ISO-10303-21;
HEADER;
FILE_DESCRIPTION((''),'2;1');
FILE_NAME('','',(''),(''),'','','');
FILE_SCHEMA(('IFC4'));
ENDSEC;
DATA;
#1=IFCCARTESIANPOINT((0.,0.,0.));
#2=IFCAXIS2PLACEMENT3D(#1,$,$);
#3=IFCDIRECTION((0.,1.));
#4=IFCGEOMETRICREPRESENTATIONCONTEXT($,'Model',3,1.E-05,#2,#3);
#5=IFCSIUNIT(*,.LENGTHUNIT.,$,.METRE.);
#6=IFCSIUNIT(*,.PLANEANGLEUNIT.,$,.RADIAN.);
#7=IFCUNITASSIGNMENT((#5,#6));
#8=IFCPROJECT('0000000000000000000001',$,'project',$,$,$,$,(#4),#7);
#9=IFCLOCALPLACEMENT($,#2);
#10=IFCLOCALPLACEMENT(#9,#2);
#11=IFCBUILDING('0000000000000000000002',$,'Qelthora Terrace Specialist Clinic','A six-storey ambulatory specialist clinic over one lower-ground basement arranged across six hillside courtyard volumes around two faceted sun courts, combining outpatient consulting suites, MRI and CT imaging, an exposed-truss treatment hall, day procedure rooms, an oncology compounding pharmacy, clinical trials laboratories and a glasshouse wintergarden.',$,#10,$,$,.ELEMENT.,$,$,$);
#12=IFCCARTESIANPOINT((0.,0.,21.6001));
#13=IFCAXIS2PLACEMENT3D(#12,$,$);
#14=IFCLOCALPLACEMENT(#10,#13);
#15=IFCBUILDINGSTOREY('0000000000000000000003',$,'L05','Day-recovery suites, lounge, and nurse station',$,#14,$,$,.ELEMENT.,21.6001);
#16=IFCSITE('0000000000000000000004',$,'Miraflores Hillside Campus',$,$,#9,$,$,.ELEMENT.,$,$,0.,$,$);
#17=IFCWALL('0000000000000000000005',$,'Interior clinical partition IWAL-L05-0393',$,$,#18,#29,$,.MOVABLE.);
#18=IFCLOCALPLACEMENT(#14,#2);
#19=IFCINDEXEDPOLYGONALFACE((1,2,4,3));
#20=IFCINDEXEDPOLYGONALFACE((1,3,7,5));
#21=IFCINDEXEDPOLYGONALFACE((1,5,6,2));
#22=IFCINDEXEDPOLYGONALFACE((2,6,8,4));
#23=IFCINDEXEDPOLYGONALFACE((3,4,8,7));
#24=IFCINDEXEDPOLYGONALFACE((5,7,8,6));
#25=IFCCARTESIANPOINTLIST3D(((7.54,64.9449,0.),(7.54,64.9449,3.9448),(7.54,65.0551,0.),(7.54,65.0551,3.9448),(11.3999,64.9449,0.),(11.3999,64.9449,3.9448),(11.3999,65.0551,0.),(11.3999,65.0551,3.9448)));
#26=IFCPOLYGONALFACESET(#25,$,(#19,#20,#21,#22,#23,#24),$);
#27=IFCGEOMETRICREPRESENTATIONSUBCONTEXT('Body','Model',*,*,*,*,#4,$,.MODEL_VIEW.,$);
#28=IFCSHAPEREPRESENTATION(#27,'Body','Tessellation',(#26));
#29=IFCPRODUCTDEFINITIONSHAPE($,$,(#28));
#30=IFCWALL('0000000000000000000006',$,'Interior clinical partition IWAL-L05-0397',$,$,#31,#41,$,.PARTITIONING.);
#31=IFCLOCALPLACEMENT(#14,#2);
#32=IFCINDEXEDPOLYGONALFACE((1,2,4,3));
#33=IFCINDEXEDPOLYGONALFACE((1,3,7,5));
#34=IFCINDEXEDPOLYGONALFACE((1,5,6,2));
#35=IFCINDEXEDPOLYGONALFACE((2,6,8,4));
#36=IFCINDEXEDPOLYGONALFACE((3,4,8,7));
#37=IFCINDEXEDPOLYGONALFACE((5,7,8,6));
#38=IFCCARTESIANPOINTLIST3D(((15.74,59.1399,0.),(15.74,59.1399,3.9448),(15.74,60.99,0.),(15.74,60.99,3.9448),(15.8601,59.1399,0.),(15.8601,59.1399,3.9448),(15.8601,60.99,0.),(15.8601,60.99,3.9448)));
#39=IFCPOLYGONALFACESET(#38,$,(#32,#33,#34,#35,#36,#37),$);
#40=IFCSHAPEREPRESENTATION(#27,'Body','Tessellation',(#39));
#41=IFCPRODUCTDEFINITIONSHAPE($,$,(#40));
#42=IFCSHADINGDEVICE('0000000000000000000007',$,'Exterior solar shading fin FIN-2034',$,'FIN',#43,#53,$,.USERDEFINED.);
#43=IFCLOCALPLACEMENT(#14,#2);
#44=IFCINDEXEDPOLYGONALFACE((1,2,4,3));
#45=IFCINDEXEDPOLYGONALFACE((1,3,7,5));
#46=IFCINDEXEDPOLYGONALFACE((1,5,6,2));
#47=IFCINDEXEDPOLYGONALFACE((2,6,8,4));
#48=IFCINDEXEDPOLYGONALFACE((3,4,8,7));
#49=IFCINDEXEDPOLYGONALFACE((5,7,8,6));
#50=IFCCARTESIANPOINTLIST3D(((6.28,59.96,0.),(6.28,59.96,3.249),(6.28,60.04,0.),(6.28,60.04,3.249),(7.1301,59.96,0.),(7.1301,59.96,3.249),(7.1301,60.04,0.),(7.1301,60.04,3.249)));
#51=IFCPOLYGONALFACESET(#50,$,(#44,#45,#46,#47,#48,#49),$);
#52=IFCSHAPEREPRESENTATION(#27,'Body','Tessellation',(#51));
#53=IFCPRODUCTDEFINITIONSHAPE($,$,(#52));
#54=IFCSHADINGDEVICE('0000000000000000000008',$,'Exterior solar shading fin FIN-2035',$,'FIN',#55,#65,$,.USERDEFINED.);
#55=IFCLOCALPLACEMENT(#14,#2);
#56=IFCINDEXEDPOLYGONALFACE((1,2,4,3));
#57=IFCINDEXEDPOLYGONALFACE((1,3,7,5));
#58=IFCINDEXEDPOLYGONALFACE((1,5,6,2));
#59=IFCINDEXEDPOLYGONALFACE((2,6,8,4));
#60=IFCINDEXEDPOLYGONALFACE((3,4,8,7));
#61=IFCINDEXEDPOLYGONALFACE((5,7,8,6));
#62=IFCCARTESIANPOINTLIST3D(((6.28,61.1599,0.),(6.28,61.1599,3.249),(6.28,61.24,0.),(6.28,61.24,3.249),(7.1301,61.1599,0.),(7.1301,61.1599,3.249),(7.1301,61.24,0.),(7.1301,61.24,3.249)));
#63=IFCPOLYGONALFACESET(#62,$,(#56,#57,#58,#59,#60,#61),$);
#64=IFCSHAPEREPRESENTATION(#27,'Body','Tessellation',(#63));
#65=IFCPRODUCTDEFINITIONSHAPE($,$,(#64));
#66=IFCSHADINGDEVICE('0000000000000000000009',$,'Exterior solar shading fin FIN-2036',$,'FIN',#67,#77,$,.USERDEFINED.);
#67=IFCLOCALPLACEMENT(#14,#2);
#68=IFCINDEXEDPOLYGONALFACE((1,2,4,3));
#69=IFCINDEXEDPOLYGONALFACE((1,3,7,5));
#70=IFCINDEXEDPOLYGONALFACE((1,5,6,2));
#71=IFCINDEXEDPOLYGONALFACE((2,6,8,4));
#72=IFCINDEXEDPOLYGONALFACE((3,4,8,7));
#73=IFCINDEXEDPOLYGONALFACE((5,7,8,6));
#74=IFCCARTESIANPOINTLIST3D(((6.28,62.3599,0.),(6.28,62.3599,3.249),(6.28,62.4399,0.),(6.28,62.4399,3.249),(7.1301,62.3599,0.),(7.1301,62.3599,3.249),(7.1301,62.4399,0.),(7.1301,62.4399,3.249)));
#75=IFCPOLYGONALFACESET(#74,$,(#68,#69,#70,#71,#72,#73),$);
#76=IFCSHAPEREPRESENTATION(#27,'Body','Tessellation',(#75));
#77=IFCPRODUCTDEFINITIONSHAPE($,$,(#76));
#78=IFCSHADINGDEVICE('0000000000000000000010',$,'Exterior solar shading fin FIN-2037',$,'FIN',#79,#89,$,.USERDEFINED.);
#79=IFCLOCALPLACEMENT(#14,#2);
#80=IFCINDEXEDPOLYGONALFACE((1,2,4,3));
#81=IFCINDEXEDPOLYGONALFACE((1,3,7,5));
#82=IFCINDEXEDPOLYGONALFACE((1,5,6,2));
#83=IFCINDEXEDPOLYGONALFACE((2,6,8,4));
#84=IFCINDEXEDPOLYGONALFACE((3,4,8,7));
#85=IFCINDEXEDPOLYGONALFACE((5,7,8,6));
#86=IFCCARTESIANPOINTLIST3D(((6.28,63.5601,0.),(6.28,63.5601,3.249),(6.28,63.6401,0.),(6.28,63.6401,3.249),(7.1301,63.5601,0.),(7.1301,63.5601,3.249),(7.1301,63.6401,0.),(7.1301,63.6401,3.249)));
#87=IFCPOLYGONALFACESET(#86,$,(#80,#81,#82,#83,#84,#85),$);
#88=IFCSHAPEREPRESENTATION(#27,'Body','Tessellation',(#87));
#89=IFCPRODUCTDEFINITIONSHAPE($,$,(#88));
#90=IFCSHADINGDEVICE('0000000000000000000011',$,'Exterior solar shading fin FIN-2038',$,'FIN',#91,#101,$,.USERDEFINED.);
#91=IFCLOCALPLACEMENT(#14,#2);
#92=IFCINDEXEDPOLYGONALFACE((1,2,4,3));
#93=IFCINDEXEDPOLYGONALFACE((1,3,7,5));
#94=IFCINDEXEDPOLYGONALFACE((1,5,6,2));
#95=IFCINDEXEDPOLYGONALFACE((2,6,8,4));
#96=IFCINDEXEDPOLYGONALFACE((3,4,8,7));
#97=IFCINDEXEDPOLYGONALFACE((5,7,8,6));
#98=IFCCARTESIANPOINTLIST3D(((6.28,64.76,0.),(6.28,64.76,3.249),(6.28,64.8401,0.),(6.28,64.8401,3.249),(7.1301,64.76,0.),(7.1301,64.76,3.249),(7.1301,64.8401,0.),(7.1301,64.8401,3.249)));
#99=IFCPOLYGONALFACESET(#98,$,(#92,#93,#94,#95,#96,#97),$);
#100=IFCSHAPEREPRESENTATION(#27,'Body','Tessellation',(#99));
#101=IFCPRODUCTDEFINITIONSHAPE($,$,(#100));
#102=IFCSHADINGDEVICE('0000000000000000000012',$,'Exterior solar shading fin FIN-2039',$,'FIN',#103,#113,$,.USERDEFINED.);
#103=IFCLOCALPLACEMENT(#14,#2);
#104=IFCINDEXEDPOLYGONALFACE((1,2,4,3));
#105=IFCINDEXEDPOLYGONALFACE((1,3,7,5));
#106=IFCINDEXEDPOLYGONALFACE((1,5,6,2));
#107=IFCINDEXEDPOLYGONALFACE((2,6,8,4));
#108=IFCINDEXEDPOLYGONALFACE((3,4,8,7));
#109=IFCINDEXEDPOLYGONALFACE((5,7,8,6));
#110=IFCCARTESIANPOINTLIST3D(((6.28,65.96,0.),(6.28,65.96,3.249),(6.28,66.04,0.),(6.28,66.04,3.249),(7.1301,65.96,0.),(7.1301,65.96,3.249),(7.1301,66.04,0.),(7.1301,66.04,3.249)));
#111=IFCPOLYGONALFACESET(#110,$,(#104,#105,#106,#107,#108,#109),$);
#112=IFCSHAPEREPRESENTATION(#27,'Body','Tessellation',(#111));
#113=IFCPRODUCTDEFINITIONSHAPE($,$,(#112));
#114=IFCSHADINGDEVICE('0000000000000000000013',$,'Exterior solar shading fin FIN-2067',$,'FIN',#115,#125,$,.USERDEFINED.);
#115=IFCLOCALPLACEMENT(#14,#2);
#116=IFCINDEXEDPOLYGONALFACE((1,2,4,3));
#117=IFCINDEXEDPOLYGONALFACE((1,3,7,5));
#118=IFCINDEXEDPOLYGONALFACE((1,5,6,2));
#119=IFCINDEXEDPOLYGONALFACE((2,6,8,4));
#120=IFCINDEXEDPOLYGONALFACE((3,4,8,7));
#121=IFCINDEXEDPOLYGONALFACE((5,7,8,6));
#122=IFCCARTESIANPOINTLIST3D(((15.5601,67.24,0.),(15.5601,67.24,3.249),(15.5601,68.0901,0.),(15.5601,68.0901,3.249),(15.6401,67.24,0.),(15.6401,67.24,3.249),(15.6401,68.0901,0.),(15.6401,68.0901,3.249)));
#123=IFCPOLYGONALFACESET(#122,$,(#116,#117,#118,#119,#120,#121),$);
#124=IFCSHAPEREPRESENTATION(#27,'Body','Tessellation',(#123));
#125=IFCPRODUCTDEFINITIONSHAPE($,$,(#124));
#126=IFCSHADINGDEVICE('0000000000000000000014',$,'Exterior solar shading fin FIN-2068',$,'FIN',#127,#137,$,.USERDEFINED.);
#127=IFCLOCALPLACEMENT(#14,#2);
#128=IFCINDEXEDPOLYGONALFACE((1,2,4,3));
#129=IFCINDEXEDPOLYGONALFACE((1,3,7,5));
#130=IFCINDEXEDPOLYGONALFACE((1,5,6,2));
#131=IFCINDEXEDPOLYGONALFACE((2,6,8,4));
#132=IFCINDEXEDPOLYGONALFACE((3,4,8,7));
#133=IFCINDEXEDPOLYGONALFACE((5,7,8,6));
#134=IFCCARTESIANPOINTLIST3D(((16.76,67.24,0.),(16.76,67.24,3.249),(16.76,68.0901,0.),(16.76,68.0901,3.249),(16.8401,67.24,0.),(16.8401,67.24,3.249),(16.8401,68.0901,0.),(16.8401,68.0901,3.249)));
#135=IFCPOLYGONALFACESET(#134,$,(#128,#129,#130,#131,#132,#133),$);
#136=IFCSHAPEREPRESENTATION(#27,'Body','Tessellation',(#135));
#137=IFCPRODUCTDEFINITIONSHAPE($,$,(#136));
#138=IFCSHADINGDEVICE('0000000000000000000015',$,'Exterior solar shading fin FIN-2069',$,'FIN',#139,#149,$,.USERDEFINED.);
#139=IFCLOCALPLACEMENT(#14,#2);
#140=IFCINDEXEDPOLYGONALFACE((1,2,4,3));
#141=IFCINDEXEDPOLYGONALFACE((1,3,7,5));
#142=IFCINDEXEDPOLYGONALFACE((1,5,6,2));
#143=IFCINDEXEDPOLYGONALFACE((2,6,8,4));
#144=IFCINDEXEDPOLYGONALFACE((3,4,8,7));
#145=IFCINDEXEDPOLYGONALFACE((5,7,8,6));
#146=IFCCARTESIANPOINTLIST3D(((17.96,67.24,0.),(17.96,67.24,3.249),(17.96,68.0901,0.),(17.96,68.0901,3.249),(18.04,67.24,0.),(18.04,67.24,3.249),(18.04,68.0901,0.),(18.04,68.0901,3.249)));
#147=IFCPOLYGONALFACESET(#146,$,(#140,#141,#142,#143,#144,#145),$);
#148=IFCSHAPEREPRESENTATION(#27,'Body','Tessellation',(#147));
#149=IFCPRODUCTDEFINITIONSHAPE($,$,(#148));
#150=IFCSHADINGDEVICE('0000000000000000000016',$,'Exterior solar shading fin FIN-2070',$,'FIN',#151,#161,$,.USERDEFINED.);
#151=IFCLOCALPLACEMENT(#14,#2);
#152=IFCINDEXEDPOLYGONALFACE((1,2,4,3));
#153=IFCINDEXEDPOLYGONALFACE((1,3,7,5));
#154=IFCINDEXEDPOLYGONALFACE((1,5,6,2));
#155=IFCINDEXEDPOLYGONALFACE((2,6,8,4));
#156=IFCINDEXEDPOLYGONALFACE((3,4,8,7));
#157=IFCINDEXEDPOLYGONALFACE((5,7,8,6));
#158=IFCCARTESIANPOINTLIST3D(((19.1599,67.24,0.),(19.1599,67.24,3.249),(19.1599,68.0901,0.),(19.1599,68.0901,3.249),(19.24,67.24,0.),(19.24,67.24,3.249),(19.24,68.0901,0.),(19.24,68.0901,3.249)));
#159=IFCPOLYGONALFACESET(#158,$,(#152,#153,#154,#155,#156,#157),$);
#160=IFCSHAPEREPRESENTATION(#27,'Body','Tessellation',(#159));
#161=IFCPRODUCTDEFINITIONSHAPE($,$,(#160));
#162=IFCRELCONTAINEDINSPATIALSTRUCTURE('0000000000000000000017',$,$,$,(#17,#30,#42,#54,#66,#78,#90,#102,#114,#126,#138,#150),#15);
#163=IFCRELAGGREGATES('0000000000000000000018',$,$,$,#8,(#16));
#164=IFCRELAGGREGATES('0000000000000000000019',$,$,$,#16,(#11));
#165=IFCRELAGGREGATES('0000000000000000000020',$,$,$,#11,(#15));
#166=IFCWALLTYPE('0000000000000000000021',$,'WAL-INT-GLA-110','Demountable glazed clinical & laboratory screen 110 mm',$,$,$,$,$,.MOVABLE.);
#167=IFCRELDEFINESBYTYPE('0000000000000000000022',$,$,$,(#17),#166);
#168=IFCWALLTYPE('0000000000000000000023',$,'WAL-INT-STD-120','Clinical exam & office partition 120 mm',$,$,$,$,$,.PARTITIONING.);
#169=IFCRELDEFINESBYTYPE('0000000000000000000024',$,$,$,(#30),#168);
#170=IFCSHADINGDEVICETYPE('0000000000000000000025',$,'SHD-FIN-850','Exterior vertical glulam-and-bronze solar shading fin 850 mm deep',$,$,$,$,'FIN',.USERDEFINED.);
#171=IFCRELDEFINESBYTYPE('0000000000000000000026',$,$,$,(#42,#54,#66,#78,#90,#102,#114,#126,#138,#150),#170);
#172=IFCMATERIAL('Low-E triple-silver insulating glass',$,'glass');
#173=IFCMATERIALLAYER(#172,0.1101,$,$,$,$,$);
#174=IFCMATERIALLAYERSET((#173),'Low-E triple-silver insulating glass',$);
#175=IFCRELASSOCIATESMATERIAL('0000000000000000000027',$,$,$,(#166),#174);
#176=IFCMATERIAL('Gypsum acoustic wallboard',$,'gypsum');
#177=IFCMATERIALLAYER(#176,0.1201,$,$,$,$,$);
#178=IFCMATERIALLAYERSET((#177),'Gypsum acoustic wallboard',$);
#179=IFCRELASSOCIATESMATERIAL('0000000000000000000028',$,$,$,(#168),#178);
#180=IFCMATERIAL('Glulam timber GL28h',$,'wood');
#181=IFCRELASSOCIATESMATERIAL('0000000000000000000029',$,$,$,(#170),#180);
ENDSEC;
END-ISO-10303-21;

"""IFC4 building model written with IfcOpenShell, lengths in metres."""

from ifc_helpers import new_model, si_unit, direction, frame, frame_2d, origin, origin_2d, place, context, subcontext, project, spatial, rectangle, extrude, material, layer, layer_set, type_object, element, save


model = new_model("IFC4")

# Units and contexts
model_context = context("Model", 3, precision=1e-05, world=origin(), true_north=direction((0.0, 1.0)))
body_context = subcontext(model_context, "Body", "Model", "MODEL_VIEW")
ifc_project = project(units=[si_unit("LENGTHUNIT", "METRE"), si_unit("PLANEANGLEUNIT", "RADIAN")], contexts=[model_context])

# Site, building, storey
site_placement = place(None, origin())
site = spatial("IfcSite", under=ifc_project, at=site_placement, Name="Miraflores Hillside Campus", CompositionType="ELEMENT", RefElevation=0.0)
building_placement = place(site_placement, origin())
building = spatial("IfcBuilding", under=site, at=building_placement, Name="Qelthora Terrace Specialist Clinic", Description="A six-storey ambulatory specialist clinic over one lower-ground basement arranged across six hillside courtyard volumes around two faceted sun courts, combining outpatient consulting suites, MRI and CT imaging, an exposed-truss treatment hall, day procedure rooms, an oncology compounding pharmacy, clinical trials laboratories and a glasshouse wintergarden.", CompositionType="ELEMENT")
storey_placement = place(building_placement, frame((0.0, 0.0, 21.6001)))
storey = spatial("IfcBuildingStorey", under=building, at=storey_placement, Name="L05", Description="Day-recovery suites, lounge, and nurse station", CompositionType="ELEMENT", Elevation=21.6001)

# Shared definitions
ifc_material_1 = material(Name="Low-E triple-silver insulating glass", Category="glass")

# Shared definitions
ifc_material_2 = material(Name="Glulam timber GL28h", Category="wood")

# Walls
ifc_layer_1 = layer(ifc_material_1, 0.1101)
ifc_layer_set_1 = layer_set([ifc_layer_1], Name="Low-E triple-silver insulating glass")
wall_type_1 = type_object("IfcWallType", Name="WAL-INT-GLA-110", Description="Demountable glazed clinical & laboratory screen 110 mm", PredefinedType="MOVABLE", material=ifc_layer_set_1)
wall_1_placement = place(storey_placement, frame((7.54, 65.0, 0.0), z_axis=(0.0, 0.0, 1.0), x_axis=(1.0, 0.0, 0.0)))
element("IfcWall", 1, at=wall_1_placement, inside=storey, type_object=wall_type_1, Name="Interior clinical partition IWAL-L05-0393", PredefinedType="MOVABLE", context=body_context, shape_type="SweptSolid", body=[
    extrude(rectangle(XDim=3.8599, YDim=0.1101, at=frame_2d((1.9299, 0.0))), origin(), (0.0, 0.0, 1.0), 3.9448),
])
ifc_material_3 = material(Name="Gypsum acoustic wallboard", Category="gypsum")
ifc_layer_2 = layer(ifc_material_3, 0.1201)
ifc_layer_set_2 = layer_set([ifc_layer_2], Name="Gypsum acoustic wallboard")
wall_type_2 = type_object("IfcWallType", Name="WAL-INT-STD-120", Description="Clinical exam & office partition 120 mm", PredefinedType="PARTITIONING", material=ifc_layer_set_2)
wall_2_placement = place(storey_placement, frame((15.8, 59.1399, 0.0), z_axis=(0.0, 0.0, 1.0), x_axis=(0.0, 1.0, 0.0)))
element("IfcWall", 2, at=wall_2_placement, inside=storey, type_object=wall_type_2, Name="Interior clinical partition IWAL-L05-0397", PredefinedType="PARTITIONING", context=body_context, shape_type="SweptSolid", body=[
    extrude(rectangle(XDim=1.8501, YDim=0.1201, at=frame_2d((0.925, 0.0))), origin(), (0.0, 0.0, 1.0), 3.9448),
])

# Shading devices
shading_device_type = type_object("IfcShadingDeviceType", Name="SHD-FIN-850", Description="Exterior vertical glulam-and-bronze solar shading fin 850 mm deep", ElementType="FIN", PredefinedType="USERDEFINED", material=ifc_material_2)
for number, where, z_axis, x_axis, name in (
    (3, (6.7051, 60.0, 0.0), (0.0, 0.0, 1.0), (-1.0, 0.0, 0.0), "Exterior solar shading fin FIN-2034"),
    (4, (6.7051, 61.2, 0.0), (0.0, 0.0, 1.0), (-1.0, 0.0, 0.0), "Exterior solar shading fin FIN-2035"),
    (5, (6.7051, 62.3999, 0.0), (0.0, 0.0, 1.0), (-1.0, 0.0, 0.0), "Exterior solar shading fin FIN-2036"),
    (6, (6.7051, 63.6001, 0.0), (0.0, 0.0, 1.0), (-1.0, 0.0, 0.0), "Exterior solar shading fin FIN-2037"),
    (7, (6.7051, 64.8, 0.0), (0.0, 0.0, 1.0), (-1.0, 0.0, 0.0), "Exterior solar shading fin FIN-2038"),
    (8, (6.7051, 66.0, 0.0), (0.0, 0.0, 1.0), (-1.0, 0.0, 0.0), "Exterior solar shading fin FIN-2039"),
    (9, (15.6001, 67.665, 0.0), (0.0, 0.0, 1.0), (0.0, 1.0, 0.0), "Exterior solar shading fin FIN-2067"),
    (10, (16.8, 67.665, 0.0), (0.0, 0.0, 1.0), (0.0, 1.0, 0.0), "Exterior solar shading fin FIN-2068"),
    (11, (18.0, 67.665, 0.0), (0.0, 0.0, 1.0), (0.0, 1.0, 0.0), "Exterior solar shading fin FIN-2069"),
    (12, (19.2, 67.665, 0.0), (0.0, 0.0, 1.0), (0.0, 1.0, 0.0), "Exterior solar shading fin FIN-2070"),
):
    element("IfcShadingDevice", number, at=place(storey_placement, frame(where, z_axis=z_axis, x_axis=x_axis)), inside=storey, type_object=shading_device_type, Name=name, ObjectType="FIN", PredefinedType="USERDEFINED", context=body_context, shape_type="SweptSolid", body=[
        extrude(rectangle(XDim=0.8501, YDim=0.0801, at=origin_2d()), origin(), (0.0, 0.0, 1.0), 3.249),
    ])

save(model, "model.ifc")
